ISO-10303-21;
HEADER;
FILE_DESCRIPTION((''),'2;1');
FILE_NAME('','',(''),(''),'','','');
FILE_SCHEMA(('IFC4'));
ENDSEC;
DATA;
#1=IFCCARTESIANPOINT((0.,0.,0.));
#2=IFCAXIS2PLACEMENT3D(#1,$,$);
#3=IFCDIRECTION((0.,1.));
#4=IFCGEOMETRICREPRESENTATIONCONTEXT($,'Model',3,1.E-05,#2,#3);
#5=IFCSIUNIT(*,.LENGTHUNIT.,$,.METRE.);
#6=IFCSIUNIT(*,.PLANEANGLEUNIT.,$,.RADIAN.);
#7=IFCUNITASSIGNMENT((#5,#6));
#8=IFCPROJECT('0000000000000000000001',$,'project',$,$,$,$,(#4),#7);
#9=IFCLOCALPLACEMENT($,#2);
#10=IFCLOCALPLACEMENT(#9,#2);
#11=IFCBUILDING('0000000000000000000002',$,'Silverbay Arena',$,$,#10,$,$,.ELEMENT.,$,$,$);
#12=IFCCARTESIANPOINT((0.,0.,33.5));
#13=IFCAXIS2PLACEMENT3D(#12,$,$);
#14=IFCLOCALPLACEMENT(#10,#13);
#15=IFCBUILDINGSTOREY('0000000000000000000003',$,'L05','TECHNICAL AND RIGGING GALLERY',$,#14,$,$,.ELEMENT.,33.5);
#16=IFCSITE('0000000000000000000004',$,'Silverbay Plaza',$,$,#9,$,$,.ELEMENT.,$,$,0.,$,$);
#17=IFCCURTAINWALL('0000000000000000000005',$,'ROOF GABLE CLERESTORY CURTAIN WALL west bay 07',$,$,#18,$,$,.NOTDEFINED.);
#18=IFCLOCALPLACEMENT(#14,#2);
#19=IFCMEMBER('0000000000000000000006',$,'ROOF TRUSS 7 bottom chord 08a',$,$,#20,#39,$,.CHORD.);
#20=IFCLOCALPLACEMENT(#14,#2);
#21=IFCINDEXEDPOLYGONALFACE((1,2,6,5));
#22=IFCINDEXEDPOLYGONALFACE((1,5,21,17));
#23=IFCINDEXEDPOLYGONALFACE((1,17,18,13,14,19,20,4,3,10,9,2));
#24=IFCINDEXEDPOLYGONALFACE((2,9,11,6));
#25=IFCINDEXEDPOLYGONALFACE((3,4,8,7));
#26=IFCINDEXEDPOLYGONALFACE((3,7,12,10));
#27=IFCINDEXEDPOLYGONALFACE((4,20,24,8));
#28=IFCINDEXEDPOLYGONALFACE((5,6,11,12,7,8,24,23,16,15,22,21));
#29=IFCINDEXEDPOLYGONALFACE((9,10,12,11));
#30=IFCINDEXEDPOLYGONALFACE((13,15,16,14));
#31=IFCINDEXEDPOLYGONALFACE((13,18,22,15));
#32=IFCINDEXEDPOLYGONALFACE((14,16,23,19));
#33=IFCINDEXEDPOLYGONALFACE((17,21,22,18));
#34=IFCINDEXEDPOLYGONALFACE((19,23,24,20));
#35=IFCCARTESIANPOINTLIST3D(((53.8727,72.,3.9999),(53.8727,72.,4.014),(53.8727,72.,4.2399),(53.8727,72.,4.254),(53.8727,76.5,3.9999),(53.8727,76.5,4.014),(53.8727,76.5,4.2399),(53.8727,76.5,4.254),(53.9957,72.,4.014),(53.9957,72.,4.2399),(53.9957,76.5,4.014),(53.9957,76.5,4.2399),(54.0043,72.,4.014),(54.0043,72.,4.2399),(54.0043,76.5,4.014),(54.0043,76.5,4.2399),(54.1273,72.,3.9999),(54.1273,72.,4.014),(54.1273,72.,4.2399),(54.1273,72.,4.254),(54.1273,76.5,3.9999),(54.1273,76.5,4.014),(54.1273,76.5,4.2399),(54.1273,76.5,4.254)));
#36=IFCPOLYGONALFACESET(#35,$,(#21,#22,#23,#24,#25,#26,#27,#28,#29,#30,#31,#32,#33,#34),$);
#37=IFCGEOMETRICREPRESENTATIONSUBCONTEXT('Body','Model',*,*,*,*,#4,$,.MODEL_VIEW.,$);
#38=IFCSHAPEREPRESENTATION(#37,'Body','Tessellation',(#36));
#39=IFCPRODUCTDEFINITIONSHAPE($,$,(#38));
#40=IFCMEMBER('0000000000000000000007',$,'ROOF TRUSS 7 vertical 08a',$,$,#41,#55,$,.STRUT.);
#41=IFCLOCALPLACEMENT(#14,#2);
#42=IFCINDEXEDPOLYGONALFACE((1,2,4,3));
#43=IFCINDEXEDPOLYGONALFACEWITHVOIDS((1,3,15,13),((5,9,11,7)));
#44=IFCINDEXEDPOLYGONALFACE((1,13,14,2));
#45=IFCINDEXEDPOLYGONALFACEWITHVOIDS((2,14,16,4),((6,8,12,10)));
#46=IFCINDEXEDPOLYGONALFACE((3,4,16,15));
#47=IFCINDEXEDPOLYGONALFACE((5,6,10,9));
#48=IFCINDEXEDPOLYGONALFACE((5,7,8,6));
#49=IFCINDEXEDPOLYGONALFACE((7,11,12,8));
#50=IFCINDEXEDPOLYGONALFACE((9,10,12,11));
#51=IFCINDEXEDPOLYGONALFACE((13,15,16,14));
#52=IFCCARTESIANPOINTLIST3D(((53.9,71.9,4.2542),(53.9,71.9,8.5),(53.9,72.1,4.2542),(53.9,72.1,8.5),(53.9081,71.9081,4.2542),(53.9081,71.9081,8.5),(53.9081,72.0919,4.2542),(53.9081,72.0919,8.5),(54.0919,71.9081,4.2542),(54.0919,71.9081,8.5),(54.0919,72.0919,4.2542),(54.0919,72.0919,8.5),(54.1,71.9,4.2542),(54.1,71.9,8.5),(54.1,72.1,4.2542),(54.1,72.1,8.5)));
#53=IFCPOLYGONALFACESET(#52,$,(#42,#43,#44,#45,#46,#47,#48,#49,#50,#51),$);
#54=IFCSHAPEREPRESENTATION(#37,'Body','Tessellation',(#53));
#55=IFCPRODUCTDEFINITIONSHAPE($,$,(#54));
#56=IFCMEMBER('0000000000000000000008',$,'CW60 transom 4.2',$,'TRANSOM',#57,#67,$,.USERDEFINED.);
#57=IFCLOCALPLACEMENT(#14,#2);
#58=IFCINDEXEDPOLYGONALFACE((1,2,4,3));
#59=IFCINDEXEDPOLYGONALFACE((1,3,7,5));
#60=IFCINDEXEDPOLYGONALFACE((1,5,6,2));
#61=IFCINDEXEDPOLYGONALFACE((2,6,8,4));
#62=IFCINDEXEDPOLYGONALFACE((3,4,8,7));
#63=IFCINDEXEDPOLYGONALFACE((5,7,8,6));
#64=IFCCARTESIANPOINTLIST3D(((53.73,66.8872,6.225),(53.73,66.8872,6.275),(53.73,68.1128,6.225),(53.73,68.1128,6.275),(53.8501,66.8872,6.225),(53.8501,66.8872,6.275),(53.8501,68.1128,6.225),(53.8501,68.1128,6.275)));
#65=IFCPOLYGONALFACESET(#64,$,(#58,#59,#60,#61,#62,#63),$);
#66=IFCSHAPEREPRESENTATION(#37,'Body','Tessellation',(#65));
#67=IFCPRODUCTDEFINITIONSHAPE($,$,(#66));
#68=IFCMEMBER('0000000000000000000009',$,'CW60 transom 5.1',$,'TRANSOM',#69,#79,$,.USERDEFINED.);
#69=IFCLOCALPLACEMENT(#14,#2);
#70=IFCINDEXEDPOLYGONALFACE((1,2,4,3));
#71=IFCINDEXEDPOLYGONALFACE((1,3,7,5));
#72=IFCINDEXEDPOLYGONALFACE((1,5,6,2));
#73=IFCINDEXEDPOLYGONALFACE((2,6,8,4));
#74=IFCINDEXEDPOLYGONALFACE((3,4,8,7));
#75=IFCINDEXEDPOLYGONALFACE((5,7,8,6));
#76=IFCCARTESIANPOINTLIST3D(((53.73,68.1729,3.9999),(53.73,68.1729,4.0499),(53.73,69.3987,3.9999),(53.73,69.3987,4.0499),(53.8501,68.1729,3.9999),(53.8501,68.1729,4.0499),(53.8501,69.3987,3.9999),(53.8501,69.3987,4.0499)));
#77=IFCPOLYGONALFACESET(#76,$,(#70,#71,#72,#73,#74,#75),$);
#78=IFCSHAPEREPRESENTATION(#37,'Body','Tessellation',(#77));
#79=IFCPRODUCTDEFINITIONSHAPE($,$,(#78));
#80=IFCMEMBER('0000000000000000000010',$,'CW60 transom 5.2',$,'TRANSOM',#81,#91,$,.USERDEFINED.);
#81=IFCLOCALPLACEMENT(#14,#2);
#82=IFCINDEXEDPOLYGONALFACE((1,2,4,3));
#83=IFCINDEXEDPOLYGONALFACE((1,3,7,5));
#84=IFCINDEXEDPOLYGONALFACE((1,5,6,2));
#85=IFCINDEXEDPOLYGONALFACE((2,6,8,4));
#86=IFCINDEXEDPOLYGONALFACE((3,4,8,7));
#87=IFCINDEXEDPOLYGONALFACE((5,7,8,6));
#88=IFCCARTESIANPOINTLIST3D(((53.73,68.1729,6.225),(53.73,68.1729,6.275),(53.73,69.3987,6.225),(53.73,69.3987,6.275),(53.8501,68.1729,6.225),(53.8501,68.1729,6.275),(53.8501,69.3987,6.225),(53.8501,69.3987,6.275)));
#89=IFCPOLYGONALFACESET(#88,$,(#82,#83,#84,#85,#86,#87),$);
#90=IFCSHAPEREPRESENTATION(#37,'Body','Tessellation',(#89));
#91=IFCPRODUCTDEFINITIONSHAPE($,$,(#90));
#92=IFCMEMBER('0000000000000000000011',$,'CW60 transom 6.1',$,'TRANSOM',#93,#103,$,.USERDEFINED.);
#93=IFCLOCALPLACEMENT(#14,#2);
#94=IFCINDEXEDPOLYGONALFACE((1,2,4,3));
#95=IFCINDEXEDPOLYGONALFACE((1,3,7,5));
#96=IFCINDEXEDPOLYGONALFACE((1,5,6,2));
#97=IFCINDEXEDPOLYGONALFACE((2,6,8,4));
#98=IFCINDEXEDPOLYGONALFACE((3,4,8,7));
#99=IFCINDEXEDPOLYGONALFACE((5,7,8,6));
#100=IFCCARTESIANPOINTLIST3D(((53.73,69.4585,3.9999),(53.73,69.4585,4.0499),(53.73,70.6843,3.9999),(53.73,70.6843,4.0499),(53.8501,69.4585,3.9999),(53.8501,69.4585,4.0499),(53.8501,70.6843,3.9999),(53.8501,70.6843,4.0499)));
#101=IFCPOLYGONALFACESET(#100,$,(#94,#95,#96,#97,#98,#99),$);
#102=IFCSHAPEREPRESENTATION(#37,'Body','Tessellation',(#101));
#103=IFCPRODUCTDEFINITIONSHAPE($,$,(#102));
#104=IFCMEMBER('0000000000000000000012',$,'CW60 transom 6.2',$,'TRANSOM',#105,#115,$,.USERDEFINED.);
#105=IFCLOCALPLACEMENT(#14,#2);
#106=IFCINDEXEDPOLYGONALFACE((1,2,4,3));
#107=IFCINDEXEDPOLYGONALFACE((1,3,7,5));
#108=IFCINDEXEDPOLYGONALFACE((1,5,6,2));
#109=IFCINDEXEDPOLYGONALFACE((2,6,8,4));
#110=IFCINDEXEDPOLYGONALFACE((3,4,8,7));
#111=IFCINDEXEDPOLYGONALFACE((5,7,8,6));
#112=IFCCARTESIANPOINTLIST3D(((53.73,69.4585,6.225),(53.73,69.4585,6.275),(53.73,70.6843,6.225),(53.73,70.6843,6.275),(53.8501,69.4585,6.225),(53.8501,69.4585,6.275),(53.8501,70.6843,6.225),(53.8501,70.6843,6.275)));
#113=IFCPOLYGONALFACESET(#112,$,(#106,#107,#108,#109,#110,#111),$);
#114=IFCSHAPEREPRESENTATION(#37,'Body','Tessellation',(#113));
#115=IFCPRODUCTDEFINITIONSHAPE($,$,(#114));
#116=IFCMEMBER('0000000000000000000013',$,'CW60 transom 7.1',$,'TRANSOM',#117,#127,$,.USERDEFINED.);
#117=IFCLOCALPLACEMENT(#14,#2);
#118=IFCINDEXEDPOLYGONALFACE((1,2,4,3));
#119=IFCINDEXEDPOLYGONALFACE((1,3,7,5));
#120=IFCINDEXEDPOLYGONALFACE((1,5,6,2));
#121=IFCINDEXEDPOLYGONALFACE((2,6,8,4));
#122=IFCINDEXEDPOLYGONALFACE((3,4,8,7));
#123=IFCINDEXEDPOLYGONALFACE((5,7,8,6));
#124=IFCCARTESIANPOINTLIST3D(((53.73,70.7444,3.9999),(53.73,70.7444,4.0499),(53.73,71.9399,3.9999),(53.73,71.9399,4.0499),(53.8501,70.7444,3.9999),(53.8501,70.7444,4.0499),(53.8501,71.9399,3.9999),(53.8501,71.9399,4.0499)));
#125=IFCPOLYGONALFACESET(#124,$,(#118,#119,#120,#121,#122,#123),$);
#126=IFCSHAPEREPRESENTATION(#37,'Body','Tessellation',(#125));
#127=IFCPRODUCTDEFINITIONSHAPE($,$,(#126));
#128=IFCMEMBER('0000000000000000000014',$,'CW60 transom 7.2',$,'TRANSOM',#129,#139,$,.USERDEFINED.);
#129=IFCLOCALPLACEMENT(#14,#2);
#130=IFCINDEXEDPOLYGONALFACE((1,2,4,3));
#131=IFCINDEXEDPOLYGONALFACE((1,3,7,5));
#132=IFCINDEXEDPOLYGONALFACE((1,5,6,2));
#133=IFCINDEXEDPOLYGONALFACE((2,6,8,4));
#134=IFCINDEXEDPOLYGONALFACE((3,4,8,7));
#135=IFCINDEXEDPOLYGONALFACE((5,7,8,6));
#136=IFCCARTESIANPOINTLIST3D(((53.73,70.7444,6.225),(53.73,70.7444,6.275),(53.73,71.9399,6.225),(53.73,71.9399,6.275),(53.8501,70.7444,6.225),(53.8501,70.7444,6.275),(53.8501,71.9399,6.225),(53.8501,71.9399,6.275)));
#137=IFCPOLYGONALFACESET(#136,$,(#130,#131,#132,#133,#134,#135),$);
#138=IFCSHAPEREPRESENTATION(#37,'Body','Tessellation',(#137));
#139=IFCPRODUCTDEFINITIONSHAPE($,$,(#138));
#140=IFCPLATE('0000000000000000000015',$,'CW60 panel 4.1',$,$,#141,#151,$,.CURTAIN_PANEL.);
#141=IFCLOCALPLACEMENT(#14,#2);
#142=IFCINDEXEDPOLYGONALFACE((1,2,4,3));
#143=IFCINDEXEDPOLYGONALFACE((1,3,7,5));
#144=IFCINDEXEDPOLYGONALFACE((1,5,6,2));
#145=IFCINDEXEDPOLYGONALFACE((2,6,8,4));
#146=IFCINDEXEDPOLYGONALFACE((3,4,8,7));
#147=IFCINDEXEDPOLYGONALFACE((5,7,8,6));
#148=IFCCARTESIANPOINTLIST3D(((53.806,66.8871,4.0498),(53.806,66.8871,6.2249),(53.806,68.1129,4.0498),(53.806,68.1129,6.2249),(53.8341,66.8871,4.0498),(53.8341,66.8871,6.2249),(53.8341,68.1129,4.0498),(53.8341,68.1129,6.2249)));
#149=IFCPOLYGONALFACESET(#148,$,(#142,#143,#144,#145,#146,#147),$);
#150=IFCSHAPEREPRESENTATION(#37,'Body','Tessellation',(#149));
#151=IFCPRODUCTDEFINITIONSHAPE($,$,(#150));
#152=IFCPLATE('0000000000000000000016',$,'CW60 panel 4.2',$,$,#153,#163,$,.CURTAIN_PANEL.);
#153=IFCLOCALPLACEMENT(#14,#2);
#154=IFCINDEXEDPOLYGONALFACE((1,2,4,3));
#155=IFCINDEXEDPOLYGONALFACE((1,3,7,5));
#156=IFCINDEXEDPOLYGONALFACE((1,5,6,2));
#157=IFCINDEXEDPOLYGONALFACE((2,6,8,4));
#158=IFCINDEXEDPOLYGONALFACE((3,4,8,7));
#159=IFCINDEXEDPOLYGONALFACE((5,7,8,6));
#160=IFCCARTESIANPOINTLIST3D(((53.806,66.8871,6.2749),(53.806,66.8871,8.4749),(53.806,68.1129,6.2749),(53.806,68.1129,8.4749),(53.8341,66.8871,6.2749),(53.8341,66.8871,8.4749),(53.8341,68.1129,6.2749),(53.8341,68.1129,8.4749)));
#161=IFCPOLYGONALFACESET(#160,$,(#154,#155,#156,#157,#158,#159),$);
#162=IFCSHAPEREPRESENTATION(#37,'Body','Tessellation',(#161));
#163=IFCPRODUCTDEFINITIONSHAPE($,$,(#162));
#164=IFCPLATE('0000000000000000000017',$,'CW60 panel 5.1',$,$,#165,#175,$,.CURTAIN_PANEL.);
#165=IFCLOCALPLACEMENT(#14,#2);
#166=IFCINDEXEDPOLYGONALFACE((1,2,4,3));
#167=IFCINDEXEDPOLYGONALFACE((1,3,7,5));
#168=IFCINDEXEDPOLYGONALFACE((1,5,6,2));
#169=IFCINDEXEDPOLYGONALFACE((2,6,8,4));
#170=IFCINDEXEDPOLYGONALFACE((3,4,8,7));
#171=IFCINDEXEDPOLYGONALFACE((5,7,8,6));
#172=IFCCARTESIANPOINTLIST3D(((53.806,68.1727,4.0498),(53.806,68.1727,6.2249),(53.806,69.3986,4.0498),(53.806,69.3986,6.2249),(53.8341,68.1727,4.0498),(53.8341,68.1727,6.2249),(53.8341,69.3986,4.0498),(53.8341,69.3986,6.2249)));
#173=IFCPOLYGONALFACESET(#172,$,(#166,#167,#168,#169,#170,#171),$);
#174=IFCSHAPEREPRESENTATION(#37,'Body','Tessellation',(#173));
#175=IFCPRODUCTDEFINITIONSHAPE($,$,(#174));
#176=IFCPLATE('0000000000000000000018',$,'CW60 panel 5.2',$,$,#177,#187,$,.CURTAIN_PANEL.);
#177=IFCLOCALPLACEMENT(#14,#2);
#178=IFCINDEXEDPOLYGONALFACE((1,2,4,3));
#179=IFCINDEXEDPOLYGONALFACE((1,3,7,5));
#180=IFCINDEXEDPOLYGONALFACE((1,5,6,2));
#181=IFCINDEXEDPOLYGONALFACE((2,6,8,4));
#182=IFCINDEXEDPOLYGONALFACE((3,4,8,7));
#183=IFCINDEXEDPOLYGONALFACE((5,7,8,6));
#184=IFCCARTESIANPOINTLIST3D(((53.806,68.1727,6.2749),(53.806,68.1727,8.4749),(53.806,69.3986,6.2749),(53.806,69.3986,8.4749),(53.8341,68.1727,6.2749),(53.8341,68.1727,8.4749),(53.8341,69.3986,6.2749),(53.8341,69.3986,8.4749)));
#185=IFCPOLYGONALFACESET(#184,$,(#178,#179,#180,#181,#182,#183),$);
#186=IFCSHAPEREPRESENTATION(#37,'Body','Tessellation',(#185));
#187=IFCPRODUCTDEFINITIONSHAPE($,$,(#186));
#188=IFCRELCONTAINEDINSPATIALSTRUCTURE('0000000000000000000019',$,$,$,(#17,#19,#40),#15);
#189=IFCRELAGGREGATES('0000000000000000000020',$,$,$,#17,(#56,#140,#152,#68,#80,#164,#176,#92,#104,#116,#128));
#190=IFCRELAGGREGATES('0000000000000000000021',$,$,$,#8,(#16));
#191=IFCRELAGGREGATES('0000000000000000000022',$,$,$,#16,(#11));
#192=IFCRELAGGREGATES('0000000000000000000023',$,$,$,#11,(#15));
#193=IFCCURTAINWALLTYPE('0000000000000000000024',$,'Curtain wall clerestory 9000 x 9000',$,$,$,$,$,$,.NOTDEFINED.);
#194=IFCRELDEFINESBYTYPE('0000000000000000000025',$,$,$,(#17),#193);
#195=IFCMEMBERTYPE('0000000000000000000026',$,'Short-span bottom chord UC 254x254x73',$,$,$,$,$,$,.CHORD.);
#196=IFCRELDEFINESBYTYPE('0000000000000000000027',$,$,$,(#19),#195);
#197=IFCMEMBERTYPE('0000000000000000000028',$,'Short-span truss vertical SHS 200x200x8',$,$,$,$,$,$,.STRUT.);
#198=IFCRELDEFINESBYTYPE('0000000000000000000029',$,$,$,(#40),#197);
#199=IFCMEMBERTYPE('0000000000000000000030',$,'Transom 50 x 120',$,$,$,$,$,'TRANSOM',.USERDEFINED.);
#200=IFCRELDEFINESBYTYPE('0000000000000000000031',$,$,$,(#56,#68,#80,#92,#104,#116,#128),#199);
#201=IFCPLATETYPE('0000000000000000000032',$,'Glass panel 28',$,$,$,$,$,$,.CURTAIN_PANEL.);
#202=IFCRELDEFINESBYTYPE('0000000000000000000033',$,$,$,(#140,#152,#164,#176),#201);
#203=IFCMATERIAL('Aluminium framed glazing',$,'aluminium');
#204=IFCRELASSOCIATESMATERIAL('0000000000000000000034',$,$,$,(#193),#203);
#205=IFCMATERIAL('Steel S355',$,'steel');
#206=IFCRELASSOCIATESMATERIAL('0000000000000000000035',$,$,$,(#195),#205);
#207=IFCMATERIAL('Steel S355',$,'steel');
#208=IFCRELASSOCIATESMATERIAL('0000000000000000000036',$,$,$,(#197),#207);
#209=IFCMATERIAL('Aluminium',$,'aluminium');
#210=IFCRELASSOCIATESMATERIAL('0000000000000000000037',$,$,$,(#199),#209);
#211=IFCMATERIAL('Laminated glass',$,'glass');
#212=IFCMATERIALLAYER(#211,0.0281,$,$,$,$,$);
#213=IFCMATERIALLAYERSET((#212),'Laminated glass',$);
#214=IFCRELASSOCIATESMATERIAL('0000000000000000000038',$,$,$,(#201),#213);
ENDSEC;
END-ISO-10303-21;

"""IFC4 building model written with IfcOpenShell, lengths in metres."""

from ifc_helpers import new_model, si_unit, direction, frame, origin, origin_2d, place, context, subcontext, project, spatial, rectangle, hollow_rectangle, i_section, extrude, material, layer, layer_set, material_profile, profile_set, type_object, element, aggregate, save


model = new_model("IFC4")

# Units and contexts
model_context = context("Model", 3, precision=1e-05, world=origin(), true_north=direction((0.0, 1.0)))
body_context = subcontext(model_context, "Body", "Model", "MODEL_VIEW")
ifc_project = project(units=[si_unit("LENGTHUNIT", "METRE"), si_unit("PLANEANGLEUNIT", "RADIAN")], contexts=[model_context])

# Site, building, storey
site_placement = place(None, origin())
site = spatial("IfcSite", under=ifc_project, at=site_placement, Name="Silverbay Plaza", CompositionType="ELEMENT", RefElevation=0.0)
building_placement = place(site_placement, origin())
building = spatial("IfcBuilding", under=site, at=building_placement, Name="Silverbay Arena", CompositionType="ELEMENT")
storey_placement = place(building_placement, frame((0.0, 0.0, 33.5)))
storey = spatial("IfcBuildingStorey", under=building, at=storey_placement, Name="L05", Description="TECHNICAL AND RIGGING GALLERY", CompositionType="ELEMENT", Elevation=33.5)

# Curtain wall
ifc_material_1 = material(Name="Aluminium framed glazing", Category="aluminium")
curtain_wall_type = type_object("IfcCurtainWallType", Name="Curtain wall clerestory 9000 x 9000", PredefinedType="NOTDEFINED", material=ifc_material_1)
curtain_wall_placement = place(storey_placement, origin())
curtain_wall = element("IfcCurtainWall", 1, at=curtain_wall_placement, inside=storey, type_object=curtain_wall_type, Name="ROOF GABLE CLERESTORY CURTAIN WALL west bay 07", PredefinedType="NOTDEFINED")

# Members
ifc_material_2 = material(Name="Steel S355", Category="steel")
ifc_material_profile_1 = material_profile(ifc_material_2, i_section(OverallWidth=0.2546, OverallDepth=0.2542, WebThickness=0.0085, FlangeThickness=0.0142, at=origin_2d()), Name="UC 254x254x73")
ifc_profile_set_1 = profile_set([ifc_material_profile_1], Name="Steel S355")
member_type_1 = type_object("IfcMemberType", Name="Short-span bottom chord UC 254x254x73", PredefinedType="CHORD", material=ifc_profile_set_1)
for number, where, z_axis, x_axis, name in (
    (2, (54.0, 72.0, 4.127), (0.0, 1.0, 0.0), (-1.0, 0.0, 0.0), "ROOF TRUSS 7 bottom chord 08a"),
):
    element("IfcMember", number, at=place(storey_placement, frame(where, z_axis=z_axis, x_axis=x_axis)), inside=storey, type_object=member_type_1, Name=name, PredefinedType="CHORD", context=body_context, shape_type="SweptSolid", body=[
        extrude(i_section(OverallWidth=0.2546, OverallDepth=0.2542, WebThickness=0.0085, FlangeThickness=0.0142, at=origin_2d()), origin(), (0.0, 0.0, 1.0), 4.5),
    ])
ifc_material_3 = material(Name="Steel S355", Category="steel")
ifc_material_profile_2 = material_profile(ifc_material_3, hollow_rectangle(XDim=0.2, YDim=0.2, WallThickness=0.0081, at=origin_2d()), Name="SHS 200x200x8")
ifc_profile_set_2 = profile_set([ifc_material_profile_2], Name="Steel S355")
member_type_2 = type_object("IfcMemberType", Name="Short-span truss vertical SHS 200x200x8", PredefinedType="STRUT", material=ifc_profile_set_2)
member_1_placement = place(storey_placement, frame((54.0, 72.0, 4.2542), z_axis=(0.0, 0.0, 1.0), x_axis=(1.0, 0.0, 0.0)))
element("IfcMember", 3, at=member_1_placement, inside=storey, type_object=member_type_2, Name="ROOF TRUSS 7 vertical 08a", PredefinedType="STRUT", context=body_context, shape_type="SweptSolid", body=[
    extrude(hollow_rectangle(XDim=0.2, YDim=0.2, WallThickness=0.0081, at=origin_2d()), origin(), (0.0, 0.0, 1.0), 4.2458),
])

# Members
ifc_material_4 = material(Name="Aluminium", Category="aluminium")
ifc_material_profile_3 = material_profile(ifc_material_4, rectangle(XDim=0.1201, YDim=0.05, at=origin_2d()), Name="Transom 50 x 120")
ifc_profile_set_3 = profile_set([ifc_material_profile_3], Name="Aluminium")
member_type_3 = type_object("IfcMemberType", Name="Transom 50 x 120", ElementType="TRANSOM", PredefinedType="USERDEFINED", material=ifc_profile_set_3)
member_2_placement = place(storey_placement, frame((53.79, 66.8872, 6.25), z_axis=(0.0, 1.0, 0.0), x_axis=(-1.0, 0.0, 0.0)))
member_2 = element("IfcMember", 4, at=member_2_placement, type_object=member_type_3, Name="CW60 transom 4.2", ObjectType="TRANSOM", PredefinedType="USERDEFINED", context=body_context, shape_type="SweptSolid", body=[
    extrude(rectangle(XDim=0.1201, YDim=0.05, at=origin_2d()), origin(), (0.0, 0.0, 1.0), 1.2256),
])
member_3_placement = place(storey_placement, frame((53.79, 68.1729, 4.0249), z_axis=(0.0, 1.0, 0.0), x_axis=(-1.0, 0.0, 0.0)))
member_3 = element("IfcMember", 5, at=member_3_placement, type_object=member_type_3, Name="CW60 transom 5.1", ObjectType="TRANSOM", PredefinedType="USERDEFINED", context=body_context, shape_type="SweptSolid", body=[
    extrude(rectangle(XDim=0.1201, YDim=0.05, at=origin_2d()), origin(), (0.0, 0.0, 1.0), 1.2258),
])
member_4_placement = place(storey_placement, frame((53.79, 68.1729, 6.25), z_axis=(0.0, 1.0, 0.0), x_axis=(-1.0, 0.0, 0.0)))
member_4 = element("IfcMember", 6, at=member_4_placement, type_object=member_type_3, Name="CW60 transom 5.2", ObjectType="TRANSOM", PredefinedType="USERDEFINED", context=body_context, shape_type="SweptSolid", body=[
    extrude(rectangle(XDim=0.1201, YDim=0.05, at=origin_2d()), origin(), (0.0, 0.0, 1.0), 1.2258),
])
member_5_placement = place(storey_placement, frame((53.79, 69.4585, 4.0249), z_axis=(0.0, 1.0, 0.0), x_axis=(-1.0, 0.0, 0.0)))
member_5 = element("IfcMember", 7, at=member_5_placement, type_object=member_type_3, Name="CW60 transom 6.1", ObjectType="TRANSOM", PredefinedType="USERDEFINED", context=body_context, shape_type="SweptSolid", body=[
    extrude(rectangle(XDim=0.1201, YDim=0.05, at=origin_2d()), origin(), (0.0, 0.0, 1.0), 1.2258),
])
member_6_placement = place(storey_placement, frame((53.79, 69.4585, 6.25), z_axis=(0.0, 1.0, 0.0), x_axis=(-1.0, 0.0, 0.0)))
member_6 = element("IfcMember", 8, at=member_6_placement, type_object=member_type_3, Name="CW60 transom 6.2", ObjectType="TRANSOM", PredefinedType="USERDEFINED", context=body_context, shape_type="SweptSolid", body=[
    extrude(rectangle(XDim=0.1201, YDim=0.05, at=origin_2d()), origin(), (0.0, 0.0, 1.0), 1.2258),
])
member_7_placement = place(storey_placement, frame((53.79, 70.7444, 4.0249), z_axis=(0.0, 1.0, 0.0), x_axis=(-1.0, 0.0, 0.0)))
member_7 = element("IfcMember", 9, at=member_7_placement, type_object=member_type_3, Name="CW60 transom 7.1", ObjectType="TRANSOM", PredefinedType="USERDEFINED", context=body_context, shape_type="SweptSolid", body=[
    extrude(rectangle(XDim=0.1201, YDim=0.05, at=origin_2d()), origin(), (0.0, 0.0, 1.0), 1.1956),
])
member_8_placement = place(storey_placement, frame((53.79, 70.7444, 6.25), z_axis=(0.0, 1.0, 0.0), x_axis=(-1.0, 0.0, 0.0)))
member_8 = element("IfcMember", 10, at=member_8_placement, type_object=member_type_3, Name="CW60 transom 7.2", ObjectType="TRANSOM", PredefinedType="USERDEFINED", context=body_context, shape_type="SweptSolid", body=[
    extrude(rectangle(XDim=0.1201, YDim=0.05, at=origin_2d()), origin(), (0.0, 0.0, 1.0), 1.1956),
])

# Plates
ifc_material_5 = material(Name="Laminated glass", Category="glass")
ifc_layer_1 = layer(ifc_material_5, 0.0281)
ifc_layer_set_1 = layer_set([ifc_layer_1], Name="Laminated glass")
plate_type = type_object("IfcPlateType", Name="Glass panel 28", PredefinedType="CURTAIN_PANEL", material=ifc_layer_set_1)
plate_1_placement = place(storey_placement, frame((53.8201, 67.5, 4.0498), z_axis=(0.0, 0.0, 1.0), x_axis=(0.0, 1.0, 0.0)))
plate_1 = element("IfcPlate", 11, at=plate_1_placement, type_object=plate_type, Name="CW60 panel 4.1", PredefinedType="CURTAIN_PANEL", context=body_context, shape_type="SweptSolid", body=[
    extrude(rectangle(XDim=1.2258, YDim=0.0281, at=origin_2d()), origin(), (0.0, 0.0, 1.0), 2.175),
])
plate_2_placement = place(storey_placement, frame((53.8201, 67.5, 6.2749), z_axis=(0.0, 0.0, 1.0), x_axis=(0.0, 1.0, 0.0)))
plate_2 = element("IfcPlate", 12, at=plate_2_placement, type_object=plate_type, Name="CW60 panel 4.2", PredefinedType="CURTAIN_PANEL", context=body_context, shape_type="SweptSolid", body=[
    extrude(rectangle(XDim=1.2258, YDim=0.0281, at=origin_2d()), origin(), (0.0, 0.0, 1.0), 2.2),
])
plate_3_placement = place(storey_placement, frame((53.8201, 68.7856, 4.0498), z_axis=(0.0, 0.0, 1.0), x_axis=(0.0, 1.0, 0.0)))
plate_3 = element("IfcPlate", 13, at=plate_3_placement, type_object=plate_type, Name="CW60 panel 5.1", PredefinedType="CURTAIN_PANEL", context=body_context, shape_type="SweptSolid", body=[
    extrude(rectangle(XDim=1.2258, YDim=0.0281, at=origin_2d()), origin(), (0.0, 0.0, 1.0), 2.175),
])
plate_4_placement = place(storey_placement, frame((53.8201, 68.7856, 6.2749), z_axis=(0.0, 0.0, 1.0), x_axis=(0.0, 1.0, 0.0)))
plate_4 = element("IfcPlate", 14, at=plate_4_placement, type_object=plate_type, Name="CW60 panel 5.2", PredefinedType="CURTAIN_PANEL", context=body_context, shape_type="SweptSolid", body=[
    extrude(rectangle(XDim=1.2258, YDim=0.0281, at=origin_2d()), origin(), (0.0, 0.0, 1.0), 2.2),
])
aggregate(curtain_wall, [member_2, plate_1, plate_2, member_3, member_4, plate_3, plate_4, member_5, member_6, member_7, member_8])

save(model, "model.ifc")
